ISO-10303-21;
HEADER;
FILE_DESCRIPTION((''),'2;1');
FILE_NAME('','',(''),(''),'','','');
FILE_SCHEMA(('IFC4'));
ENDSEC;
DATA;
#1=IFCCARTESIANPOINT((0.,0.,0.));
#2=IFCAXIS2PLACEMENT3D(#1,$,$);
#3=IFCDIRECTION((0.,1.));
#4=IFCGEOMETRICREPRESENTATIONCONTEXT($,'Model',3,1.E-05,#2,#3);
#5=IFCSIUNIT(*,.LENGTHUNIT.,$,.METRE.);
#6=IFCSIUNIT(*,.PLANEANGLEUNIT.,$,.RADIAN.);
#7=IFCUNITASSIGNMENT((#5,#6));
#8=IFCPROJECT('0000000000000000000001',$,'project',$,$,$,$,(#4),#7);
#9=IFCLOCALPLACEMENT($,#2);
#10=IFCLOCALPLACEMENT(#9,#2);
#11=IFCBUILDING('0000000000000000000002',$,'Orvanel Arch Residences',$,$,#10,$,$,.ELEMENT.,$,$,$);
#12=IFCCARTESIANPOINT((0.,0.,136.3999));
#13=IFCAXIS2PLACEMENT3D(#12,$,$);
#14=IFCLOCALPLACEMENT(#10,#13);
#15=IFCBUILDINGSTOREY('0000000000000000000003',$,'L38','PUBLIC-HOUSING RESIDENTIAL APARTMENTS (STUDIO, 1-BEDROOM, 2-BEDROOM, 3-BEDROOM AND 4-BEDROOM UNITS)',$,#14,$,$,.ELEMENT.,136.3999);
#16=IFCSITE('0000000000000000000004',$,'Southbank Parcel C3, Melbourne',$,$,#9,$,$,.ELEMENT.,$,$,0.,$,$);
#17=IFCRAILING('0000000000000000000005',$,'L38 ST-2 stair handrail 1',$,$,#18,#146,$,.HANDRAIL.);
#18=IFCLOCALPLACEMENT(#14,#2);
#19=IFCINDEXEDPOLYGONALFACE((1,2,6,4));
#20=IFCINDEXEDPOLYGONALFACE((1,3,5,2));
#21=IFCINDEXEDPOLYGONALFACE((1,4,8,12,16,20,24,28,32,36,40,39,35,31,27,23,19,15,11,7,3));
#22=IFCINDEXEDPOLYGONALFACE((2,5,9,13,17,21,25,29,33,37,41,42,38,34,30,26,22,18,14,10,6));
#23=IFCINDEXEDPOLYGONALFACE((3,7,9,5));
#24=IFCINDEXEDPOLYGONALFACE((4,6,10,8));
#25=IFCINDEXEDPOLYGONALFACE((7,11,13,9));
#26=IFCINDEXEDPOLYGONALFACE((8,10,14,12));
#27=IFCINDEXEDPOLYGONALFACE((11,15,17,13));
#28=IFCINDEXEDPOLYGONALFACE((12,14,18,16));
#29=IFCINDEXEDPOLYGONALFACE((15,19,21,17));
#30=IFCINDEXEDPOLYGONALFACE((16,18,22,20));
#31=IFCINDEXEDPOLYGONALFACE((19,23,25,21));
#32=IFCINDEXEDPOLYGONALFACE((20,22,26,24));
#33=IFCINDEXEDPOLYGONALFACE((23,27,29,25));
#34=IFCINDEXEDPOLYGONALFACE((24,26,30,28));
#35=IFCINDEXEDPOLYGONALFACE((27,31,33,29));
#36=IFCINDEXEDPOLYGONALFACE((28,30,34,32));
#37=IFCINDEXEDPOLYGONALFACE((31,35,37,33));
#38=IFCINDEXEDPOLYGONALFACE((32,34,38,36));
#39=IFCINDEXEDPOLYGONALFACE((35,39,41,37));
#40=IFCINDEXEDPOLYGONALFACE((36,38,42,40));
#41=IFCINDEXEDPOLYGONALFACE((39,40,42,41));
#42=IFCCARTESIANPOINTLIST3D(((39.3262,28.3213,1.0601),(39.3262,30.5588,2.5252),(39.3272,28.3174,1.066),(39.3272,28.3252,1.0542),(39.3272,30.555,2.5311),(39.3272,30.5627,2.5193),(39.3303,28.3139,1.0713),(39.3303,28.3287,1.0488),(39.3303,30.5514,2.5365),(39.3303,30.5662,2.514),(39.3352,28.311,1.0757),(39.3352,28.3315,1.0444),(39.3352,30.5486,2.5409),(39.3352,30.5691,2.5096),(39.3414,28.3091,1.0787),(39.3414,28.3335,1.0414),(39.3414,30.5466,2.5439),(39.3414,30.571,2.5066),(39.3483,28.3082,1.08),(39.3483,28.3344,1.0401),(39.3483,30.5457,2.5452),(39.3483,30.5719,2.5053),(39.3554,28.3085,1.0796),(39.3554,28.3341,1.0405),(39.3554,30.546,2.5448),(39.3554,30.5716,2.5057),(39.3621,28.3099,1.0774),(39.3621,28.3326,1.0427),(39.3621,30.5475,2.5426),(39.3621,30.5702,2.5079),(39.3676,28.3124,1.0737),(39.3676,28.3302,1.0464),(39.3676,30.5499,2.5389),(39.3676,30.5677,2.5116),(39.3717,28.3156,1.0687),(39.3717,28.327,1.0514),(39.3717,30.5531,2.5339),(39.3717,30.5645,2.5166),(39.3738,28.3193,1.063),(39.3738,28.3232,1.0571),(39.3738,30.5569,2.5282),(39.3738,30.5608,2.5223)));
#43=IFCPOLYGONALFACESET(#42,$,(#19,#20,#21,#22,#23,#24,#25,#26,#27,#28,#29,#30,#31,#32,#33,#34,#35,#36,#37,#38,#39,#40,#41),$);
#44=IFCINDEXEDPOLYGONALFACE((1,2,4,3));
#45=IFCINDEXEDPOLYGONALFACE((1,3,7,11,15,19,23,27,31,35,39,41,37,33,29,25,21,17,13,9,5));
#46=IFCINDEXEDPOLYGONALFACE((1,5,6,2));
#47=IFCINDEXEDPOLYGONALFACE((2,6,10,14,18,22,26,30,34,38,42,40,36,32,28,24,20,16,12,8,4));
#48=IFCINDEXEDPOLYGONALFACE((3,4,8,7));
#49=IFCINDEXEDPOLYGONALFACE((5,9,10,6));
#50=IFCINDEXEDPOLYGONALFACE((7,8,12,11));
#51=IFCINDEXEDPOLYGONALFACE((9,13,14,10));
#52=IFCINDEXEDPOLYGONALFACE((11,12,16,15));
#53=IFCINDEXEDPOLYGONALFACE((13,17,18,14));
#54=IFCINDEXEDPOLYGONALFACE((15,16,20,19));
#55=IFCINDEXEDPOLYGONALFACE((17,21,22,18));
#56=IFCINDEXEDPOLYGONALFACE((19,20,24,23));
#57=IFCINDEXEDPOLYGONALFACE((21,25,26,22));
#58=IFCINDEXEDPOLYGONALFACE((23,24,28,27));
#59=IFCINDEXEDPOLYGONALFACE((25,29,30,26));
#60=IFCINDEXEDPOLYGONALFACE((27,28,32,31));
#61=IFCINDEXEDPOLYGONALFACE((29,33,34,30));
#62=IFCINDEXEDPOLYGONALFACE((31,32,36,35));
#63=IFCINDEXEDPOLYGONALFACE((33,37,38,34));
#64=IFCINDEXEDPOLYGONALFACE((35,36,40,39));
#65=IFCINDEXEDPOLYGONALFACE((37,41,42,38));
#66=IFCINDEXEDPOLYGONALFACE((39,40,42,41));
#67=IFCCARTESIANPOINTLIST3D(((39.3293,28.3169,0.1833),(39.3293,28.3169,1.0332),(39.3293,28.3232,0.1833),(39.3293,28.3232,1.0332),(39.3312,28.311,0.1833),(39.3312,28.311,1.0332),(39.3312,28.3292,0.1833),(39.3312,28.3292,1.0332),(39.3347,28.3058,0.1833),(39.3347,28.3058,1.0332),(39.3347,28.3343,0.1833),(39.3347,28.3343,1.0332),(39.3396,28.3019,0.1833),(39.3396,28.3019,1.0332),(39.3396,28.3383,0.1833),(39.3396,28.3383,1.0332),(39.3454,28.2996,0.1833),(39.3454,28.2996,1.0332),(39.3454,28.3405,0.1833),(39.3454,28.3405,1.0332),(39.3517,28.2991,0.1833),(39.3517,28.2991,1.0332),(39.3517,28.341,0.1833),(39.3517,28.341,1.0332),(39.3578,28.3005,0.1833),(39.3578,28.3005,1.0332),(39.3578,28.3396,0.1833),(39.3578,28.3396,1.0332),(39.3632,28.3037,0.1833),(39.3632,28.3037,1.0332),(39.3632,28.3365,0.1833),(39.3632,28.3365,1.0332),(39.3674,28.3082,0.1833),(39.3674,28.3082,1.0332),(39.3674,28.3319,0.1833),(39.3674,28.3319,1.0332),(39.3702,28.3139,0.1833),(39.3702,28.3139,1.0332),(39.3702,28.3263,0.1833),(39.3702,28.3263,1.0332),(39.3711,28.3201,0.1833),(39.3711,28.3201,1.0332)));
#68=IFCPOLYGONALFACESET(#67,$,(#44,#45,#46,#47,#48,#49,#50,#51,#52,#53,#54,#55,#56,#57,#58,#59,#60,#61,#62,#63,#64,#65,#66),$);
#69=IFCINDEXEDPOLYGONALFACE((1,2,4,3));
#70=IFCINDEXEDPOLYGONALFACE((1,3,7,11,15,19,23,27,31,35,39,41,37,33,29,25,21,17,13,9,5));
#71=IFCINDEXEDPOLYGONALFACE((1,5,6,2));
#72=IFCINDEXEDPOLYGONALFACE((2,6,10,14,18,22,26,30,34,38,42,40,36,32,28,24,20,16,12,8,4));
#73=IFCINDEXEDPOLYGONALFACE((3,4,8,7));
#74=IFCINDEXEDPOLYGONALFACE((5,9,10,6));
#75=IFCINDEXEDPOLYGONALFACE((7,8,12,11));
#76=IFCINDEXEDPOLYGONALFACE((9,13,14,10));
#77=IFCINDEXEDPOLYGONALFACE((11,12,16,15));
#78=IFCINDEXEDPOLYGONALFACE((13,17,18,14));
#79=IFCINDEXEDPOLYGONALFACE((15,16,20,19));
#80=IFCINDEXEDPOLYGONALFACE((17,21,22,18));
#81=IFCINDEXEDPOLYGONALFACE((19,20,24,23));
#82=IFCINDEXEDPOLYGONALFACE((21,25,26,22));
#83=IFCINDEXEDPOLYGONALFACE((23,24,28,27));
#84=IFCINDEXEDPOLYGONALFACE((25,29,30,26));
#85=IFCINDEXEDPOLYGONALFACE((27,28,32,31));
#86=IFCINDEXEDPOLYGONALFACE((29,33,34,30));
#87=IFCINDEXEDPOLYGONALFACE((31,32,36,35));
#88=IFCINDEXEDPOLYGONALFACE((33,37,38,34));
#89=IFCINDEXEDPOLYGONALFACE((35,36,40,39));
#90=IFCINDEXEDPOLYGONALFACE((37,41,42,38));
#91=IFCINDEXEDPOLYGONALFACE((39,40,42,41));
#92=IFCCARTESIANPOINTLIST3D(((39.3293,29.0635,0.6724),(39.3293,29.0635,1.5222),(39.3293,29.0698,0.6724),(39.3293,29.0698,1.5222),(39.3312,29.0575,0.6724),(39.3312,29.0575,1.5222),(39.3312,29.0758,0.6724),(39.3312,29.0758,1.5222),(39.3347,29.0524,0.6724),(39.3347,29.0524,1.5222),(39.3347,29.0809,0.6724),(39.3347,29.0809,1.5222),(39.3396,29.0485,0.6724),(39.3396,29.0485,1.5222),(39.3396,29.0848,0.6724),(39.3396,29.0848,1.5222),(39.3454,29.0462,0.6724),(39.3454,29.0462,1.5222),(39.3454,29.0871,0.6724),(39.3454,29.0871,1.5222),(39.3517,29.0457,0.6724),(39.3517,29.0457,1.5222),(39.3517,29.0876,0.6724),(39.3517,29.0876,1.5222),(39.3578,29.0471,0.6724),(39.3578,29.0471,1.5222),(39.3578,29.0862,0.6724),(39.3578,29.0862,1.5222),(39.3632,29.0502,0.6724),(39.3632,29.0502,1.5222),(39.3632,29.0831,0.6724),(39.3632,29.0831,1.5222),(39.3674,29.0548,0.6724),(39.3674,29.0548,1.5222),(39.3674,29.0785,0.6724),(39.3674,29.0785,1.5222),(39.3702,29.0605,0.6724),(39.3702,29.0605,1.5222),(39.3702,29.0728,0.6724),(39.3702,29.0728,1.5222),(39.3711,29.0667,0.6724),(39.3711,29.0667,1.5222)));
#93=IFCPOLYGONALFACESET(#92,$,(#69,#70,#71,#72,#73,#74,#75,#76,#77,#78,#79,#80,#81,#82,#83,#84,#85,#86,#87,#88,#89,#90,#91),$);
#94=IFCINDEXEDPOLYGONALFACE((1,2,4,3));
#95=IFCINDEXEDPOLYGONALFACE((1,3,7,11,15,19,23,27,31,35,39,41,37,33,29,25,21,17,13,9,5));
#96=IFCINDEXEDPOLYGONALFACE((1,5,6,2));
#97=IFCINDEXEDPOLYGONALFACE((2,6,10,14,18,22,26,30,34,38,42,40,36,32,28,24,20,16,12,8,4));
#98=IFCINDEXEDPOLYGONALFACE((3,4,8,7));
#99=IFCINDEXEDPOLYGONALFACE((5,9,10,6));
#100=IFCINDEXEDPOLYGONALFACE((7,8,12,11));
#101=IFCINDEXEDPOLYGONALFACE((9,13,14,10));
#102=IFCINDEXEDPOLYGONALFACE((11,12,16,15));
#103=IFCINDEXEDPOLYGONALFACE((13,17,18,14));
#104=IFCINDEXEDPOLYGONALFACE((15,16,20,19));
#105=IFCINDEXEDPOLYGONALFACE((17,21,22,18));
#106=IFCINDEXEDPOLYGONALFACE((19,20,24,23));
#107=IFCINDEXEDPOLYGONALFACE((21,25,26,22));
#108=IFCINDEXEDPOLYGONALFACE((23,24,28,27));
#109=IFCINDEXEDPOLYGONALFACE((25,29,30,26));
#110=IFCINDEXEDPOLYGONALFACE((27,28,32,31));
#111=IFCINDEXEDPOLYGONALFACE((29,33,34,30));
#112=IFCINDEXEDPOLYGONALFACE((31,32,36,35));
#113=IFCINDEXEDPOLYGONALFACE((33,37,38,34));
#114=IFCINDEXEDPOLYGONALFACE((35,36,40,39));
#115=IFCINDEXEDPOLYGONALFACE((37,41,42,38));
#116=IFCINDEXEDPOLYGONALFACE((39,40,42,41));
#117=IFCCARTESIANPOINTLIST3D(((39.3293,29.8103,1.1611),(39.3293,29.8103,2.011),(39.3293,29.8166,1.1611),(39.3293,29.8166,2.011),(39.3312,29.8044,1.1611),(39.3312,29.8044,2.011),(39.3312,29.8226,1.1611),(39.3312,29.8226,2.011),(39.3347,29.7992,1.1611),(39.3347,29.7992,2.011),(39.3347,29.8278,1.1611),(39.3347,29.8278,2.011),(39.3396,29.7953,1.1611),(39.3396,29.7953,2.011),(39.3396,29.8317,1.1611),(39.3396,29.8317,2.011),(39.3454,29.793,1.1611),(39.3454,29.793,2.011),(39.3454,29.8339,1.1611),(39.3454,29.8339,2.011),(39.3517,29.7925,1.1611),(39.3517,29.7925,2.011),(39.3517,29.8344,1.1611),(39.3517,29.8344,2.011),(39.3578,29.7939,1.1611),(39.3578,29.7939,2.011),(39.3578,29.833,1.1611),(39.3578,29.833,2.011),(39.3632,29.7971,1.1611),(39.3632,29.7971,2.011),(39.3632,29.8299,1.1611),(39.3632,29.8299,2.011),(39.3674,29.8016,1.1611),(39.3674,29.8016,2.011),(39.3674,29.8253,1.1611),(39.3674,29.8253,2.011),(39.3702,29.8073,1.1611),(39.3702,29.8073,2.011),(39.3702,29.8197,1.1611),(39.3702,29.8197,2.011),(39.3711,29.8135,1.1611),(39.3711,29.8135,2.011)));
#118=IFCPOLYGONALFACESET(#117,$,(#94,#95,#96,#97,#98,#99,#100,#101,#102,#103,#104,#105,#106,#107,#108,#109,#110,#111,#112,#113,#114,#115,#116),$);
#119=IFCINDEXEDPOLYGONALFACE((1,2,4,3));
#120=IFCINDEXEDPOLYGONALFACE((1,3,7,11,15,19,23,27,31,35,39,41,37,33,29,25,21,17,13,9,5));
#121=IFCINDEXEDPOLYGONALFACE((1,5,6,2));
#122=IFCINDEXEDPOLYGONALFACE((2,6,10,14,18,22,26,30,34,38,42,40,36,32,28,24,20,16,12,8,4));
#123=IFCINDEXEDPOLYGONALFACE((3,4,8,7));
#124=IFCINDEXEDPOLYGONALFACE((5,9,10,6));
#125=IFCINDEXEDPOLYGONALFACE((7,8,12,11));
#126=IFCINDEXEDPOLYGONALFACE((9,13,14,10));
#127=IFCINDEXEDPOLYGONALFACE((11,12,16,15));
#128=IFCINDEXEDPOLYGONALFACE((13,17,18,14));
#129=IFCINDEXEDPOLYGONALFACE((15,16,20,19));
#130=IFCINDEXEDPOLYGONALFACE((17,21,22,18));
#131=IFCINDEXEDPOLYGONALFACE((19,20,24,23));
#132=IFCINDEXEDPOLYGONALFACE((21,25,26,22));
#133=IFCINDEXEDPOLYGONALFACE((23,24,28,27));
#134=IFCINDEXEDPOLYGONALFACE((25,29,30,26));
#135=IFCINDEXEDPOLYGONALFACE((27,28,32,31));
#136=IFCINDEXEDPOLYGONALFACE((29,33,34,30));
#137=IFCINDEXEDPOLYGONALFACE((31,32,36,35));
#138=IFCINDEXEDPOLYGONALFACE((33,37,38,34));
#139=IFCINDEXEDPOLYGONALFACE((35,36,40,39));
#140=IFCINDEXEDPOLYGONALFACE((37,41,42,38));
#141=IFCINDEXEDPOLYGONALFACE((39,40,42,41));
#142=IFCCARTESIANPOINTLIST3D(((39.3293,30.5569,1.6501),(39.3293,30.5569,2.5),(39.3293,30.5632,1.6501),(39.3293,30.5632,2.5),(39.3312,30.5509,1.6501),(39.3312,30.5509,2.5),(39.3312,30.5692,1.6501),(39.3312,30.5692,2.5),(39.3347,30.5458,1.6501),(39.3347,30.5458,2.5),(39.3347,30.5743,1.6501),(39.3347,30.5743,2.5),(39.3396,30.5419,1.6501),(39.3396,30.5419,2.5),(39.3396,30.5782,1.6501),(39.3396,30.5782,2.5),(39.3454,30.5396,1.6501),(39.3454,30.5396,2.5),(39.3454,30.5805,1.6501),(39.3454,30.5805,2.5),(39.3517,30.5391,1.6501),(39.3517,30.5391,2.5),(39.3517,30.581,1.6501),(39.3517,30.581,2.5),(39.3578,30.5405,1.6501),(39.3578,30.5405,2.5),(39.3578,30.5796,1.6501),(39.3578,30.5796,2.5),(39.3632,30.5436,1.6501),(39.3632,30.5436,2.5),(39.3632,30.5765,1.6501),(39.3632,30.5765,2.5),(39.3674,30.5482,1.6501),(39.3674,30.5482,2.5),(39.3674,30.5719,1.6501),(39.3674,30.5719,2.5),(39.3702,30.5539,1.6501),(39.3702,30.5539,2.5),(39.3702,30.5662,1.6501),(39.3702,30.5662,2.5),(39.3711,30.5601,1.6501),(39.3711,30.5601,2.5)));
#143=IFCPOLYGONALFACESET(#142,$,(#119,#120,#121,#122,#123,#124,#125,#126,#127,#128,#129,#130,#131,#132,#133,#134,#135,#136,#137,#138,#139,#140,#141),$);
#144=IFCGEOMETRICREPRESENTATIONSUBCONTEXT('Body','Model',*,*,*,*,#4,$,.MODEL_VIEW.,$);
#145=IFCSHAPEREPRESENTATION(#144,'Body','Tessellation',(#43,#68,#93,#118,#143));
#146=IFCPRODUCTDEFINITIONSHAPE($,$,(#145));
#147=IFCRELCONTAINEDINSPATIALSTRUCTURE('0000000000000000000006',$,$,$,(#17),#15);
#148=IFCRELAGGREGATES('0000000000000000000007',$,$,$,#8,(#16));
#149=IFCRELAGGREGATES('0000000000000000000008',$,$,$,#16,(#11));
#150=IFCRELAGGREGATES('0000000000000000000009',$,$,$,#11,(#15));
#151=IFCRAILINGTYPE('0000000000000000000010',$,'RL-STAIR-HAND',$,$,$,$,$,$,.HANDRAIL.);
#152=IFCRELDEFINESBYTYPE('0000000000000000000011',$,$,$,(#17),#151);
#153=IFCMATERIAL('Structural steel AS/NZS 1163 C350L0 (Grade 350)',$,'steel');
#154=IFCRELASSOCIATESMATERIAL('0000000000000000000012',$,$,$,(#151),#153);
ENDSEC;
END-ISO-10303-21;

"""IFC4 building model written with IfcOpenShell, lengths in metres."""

from ifc_helpers import new_model, si_unit, direction, frame, origin, origin_2d, place, context, subcontext, project, spatial, circle, extrude, material, type_object, element, save


model = new_model("IFC4")

# Units and contexts
model_context = context("Model", 3, precision=1e-05, world=origin(), true_north=direction((0.0, 1.0)))
body_context = subcontext(model_context, "Body", "Model", "MODEL_VIEW")
ifc_project = project(units=[si_unit("LENGTHUNIT", "METRE"), si_unit("PLANEANGLEUNIT", "RADIAN")], contexts=[model_context])

# Site, building, storey
site_placement = place(None, origin())
site = spatial("IfcSite", under=ifc_project, at=site_placement, Name="Southbank Parcel C3, Melbourne", CompositionType="ELEMENT", RefElevation=0.0)
building_placement = place(site_placement, origin())
building = spatial("IfcBuilding", under=site, at=building_placement, Name="Orvanel Arch Residences", CompositionType="ELEMENT")
storey_placement = place(building_placement, frame((0.0, 0.0, 136.3999)))
storey = spatial("IfcBuildingStorey", under=building, at=storey_placement, Name="L38", Description="PUBLIC-HOUSING RESIDENTIAL APARTMENTS (STUDIO, 1-BEDROOM, 2-BEDROOM, 3-BEDROOM AND 4-BEDROOM UNITS)", CompositionType="ELEMENT", Elevation=136.3999)

# Railing
ifc_material_1 = material(Name="Structural steel AS/NZS 1163 C350L0 (Grade 350)", Category="steel")
railing_type_1 = type_object("IfcRailingType", Name="RL-STAIR-HAND", PredefinedType="HANDRAIL", material=ifc_material_1)
railing_1_placement = place(storey_placement, frame((39.3501, 28.3201, 0.1833)))
element("IfcRailing", 1, at=railing_1_placement, inside=storey, type_object=railing_type_1, Name="L38 ST-2 stair handrail 1", PredefinedType="HANDRAIL", context=body_context, shape_type="SweptSolid", body=[
    extrude(circle(Radius=0.0239, at=origin_2d()), frame((0.0, 0.0012, 0.8767), z_axis=(0.0, 0.836595, 0.547822), x_axis=(-1.0, 0.0, 0.0)), (0.0, 0.0, 1.0), 2.6746),
    extrude(circle(Radius=0.021, at=origin_2d()), origin(), (0.0, 0.0, 1.0), 0.8499),
    extrude(circle(Radius=0.021, at=origin_2d()), frame((0.0, 0.7466, 0.489)), (0.0, 0.0, 1.0), 0.8499),
    extrude(circle(Radius=0.021, at=origin_2d()), frame((0.0, 1.4934, 0.9778)), (0.0, 0.0, 1.0), 0.8499),
    extrude(circle(Radius=0.021, at=origin_2d()), frame((0.0, 2.24, 1.4668)), (0.0, 0.0, 1.0), 0.8499),
])

save(model, "model.ifc")
